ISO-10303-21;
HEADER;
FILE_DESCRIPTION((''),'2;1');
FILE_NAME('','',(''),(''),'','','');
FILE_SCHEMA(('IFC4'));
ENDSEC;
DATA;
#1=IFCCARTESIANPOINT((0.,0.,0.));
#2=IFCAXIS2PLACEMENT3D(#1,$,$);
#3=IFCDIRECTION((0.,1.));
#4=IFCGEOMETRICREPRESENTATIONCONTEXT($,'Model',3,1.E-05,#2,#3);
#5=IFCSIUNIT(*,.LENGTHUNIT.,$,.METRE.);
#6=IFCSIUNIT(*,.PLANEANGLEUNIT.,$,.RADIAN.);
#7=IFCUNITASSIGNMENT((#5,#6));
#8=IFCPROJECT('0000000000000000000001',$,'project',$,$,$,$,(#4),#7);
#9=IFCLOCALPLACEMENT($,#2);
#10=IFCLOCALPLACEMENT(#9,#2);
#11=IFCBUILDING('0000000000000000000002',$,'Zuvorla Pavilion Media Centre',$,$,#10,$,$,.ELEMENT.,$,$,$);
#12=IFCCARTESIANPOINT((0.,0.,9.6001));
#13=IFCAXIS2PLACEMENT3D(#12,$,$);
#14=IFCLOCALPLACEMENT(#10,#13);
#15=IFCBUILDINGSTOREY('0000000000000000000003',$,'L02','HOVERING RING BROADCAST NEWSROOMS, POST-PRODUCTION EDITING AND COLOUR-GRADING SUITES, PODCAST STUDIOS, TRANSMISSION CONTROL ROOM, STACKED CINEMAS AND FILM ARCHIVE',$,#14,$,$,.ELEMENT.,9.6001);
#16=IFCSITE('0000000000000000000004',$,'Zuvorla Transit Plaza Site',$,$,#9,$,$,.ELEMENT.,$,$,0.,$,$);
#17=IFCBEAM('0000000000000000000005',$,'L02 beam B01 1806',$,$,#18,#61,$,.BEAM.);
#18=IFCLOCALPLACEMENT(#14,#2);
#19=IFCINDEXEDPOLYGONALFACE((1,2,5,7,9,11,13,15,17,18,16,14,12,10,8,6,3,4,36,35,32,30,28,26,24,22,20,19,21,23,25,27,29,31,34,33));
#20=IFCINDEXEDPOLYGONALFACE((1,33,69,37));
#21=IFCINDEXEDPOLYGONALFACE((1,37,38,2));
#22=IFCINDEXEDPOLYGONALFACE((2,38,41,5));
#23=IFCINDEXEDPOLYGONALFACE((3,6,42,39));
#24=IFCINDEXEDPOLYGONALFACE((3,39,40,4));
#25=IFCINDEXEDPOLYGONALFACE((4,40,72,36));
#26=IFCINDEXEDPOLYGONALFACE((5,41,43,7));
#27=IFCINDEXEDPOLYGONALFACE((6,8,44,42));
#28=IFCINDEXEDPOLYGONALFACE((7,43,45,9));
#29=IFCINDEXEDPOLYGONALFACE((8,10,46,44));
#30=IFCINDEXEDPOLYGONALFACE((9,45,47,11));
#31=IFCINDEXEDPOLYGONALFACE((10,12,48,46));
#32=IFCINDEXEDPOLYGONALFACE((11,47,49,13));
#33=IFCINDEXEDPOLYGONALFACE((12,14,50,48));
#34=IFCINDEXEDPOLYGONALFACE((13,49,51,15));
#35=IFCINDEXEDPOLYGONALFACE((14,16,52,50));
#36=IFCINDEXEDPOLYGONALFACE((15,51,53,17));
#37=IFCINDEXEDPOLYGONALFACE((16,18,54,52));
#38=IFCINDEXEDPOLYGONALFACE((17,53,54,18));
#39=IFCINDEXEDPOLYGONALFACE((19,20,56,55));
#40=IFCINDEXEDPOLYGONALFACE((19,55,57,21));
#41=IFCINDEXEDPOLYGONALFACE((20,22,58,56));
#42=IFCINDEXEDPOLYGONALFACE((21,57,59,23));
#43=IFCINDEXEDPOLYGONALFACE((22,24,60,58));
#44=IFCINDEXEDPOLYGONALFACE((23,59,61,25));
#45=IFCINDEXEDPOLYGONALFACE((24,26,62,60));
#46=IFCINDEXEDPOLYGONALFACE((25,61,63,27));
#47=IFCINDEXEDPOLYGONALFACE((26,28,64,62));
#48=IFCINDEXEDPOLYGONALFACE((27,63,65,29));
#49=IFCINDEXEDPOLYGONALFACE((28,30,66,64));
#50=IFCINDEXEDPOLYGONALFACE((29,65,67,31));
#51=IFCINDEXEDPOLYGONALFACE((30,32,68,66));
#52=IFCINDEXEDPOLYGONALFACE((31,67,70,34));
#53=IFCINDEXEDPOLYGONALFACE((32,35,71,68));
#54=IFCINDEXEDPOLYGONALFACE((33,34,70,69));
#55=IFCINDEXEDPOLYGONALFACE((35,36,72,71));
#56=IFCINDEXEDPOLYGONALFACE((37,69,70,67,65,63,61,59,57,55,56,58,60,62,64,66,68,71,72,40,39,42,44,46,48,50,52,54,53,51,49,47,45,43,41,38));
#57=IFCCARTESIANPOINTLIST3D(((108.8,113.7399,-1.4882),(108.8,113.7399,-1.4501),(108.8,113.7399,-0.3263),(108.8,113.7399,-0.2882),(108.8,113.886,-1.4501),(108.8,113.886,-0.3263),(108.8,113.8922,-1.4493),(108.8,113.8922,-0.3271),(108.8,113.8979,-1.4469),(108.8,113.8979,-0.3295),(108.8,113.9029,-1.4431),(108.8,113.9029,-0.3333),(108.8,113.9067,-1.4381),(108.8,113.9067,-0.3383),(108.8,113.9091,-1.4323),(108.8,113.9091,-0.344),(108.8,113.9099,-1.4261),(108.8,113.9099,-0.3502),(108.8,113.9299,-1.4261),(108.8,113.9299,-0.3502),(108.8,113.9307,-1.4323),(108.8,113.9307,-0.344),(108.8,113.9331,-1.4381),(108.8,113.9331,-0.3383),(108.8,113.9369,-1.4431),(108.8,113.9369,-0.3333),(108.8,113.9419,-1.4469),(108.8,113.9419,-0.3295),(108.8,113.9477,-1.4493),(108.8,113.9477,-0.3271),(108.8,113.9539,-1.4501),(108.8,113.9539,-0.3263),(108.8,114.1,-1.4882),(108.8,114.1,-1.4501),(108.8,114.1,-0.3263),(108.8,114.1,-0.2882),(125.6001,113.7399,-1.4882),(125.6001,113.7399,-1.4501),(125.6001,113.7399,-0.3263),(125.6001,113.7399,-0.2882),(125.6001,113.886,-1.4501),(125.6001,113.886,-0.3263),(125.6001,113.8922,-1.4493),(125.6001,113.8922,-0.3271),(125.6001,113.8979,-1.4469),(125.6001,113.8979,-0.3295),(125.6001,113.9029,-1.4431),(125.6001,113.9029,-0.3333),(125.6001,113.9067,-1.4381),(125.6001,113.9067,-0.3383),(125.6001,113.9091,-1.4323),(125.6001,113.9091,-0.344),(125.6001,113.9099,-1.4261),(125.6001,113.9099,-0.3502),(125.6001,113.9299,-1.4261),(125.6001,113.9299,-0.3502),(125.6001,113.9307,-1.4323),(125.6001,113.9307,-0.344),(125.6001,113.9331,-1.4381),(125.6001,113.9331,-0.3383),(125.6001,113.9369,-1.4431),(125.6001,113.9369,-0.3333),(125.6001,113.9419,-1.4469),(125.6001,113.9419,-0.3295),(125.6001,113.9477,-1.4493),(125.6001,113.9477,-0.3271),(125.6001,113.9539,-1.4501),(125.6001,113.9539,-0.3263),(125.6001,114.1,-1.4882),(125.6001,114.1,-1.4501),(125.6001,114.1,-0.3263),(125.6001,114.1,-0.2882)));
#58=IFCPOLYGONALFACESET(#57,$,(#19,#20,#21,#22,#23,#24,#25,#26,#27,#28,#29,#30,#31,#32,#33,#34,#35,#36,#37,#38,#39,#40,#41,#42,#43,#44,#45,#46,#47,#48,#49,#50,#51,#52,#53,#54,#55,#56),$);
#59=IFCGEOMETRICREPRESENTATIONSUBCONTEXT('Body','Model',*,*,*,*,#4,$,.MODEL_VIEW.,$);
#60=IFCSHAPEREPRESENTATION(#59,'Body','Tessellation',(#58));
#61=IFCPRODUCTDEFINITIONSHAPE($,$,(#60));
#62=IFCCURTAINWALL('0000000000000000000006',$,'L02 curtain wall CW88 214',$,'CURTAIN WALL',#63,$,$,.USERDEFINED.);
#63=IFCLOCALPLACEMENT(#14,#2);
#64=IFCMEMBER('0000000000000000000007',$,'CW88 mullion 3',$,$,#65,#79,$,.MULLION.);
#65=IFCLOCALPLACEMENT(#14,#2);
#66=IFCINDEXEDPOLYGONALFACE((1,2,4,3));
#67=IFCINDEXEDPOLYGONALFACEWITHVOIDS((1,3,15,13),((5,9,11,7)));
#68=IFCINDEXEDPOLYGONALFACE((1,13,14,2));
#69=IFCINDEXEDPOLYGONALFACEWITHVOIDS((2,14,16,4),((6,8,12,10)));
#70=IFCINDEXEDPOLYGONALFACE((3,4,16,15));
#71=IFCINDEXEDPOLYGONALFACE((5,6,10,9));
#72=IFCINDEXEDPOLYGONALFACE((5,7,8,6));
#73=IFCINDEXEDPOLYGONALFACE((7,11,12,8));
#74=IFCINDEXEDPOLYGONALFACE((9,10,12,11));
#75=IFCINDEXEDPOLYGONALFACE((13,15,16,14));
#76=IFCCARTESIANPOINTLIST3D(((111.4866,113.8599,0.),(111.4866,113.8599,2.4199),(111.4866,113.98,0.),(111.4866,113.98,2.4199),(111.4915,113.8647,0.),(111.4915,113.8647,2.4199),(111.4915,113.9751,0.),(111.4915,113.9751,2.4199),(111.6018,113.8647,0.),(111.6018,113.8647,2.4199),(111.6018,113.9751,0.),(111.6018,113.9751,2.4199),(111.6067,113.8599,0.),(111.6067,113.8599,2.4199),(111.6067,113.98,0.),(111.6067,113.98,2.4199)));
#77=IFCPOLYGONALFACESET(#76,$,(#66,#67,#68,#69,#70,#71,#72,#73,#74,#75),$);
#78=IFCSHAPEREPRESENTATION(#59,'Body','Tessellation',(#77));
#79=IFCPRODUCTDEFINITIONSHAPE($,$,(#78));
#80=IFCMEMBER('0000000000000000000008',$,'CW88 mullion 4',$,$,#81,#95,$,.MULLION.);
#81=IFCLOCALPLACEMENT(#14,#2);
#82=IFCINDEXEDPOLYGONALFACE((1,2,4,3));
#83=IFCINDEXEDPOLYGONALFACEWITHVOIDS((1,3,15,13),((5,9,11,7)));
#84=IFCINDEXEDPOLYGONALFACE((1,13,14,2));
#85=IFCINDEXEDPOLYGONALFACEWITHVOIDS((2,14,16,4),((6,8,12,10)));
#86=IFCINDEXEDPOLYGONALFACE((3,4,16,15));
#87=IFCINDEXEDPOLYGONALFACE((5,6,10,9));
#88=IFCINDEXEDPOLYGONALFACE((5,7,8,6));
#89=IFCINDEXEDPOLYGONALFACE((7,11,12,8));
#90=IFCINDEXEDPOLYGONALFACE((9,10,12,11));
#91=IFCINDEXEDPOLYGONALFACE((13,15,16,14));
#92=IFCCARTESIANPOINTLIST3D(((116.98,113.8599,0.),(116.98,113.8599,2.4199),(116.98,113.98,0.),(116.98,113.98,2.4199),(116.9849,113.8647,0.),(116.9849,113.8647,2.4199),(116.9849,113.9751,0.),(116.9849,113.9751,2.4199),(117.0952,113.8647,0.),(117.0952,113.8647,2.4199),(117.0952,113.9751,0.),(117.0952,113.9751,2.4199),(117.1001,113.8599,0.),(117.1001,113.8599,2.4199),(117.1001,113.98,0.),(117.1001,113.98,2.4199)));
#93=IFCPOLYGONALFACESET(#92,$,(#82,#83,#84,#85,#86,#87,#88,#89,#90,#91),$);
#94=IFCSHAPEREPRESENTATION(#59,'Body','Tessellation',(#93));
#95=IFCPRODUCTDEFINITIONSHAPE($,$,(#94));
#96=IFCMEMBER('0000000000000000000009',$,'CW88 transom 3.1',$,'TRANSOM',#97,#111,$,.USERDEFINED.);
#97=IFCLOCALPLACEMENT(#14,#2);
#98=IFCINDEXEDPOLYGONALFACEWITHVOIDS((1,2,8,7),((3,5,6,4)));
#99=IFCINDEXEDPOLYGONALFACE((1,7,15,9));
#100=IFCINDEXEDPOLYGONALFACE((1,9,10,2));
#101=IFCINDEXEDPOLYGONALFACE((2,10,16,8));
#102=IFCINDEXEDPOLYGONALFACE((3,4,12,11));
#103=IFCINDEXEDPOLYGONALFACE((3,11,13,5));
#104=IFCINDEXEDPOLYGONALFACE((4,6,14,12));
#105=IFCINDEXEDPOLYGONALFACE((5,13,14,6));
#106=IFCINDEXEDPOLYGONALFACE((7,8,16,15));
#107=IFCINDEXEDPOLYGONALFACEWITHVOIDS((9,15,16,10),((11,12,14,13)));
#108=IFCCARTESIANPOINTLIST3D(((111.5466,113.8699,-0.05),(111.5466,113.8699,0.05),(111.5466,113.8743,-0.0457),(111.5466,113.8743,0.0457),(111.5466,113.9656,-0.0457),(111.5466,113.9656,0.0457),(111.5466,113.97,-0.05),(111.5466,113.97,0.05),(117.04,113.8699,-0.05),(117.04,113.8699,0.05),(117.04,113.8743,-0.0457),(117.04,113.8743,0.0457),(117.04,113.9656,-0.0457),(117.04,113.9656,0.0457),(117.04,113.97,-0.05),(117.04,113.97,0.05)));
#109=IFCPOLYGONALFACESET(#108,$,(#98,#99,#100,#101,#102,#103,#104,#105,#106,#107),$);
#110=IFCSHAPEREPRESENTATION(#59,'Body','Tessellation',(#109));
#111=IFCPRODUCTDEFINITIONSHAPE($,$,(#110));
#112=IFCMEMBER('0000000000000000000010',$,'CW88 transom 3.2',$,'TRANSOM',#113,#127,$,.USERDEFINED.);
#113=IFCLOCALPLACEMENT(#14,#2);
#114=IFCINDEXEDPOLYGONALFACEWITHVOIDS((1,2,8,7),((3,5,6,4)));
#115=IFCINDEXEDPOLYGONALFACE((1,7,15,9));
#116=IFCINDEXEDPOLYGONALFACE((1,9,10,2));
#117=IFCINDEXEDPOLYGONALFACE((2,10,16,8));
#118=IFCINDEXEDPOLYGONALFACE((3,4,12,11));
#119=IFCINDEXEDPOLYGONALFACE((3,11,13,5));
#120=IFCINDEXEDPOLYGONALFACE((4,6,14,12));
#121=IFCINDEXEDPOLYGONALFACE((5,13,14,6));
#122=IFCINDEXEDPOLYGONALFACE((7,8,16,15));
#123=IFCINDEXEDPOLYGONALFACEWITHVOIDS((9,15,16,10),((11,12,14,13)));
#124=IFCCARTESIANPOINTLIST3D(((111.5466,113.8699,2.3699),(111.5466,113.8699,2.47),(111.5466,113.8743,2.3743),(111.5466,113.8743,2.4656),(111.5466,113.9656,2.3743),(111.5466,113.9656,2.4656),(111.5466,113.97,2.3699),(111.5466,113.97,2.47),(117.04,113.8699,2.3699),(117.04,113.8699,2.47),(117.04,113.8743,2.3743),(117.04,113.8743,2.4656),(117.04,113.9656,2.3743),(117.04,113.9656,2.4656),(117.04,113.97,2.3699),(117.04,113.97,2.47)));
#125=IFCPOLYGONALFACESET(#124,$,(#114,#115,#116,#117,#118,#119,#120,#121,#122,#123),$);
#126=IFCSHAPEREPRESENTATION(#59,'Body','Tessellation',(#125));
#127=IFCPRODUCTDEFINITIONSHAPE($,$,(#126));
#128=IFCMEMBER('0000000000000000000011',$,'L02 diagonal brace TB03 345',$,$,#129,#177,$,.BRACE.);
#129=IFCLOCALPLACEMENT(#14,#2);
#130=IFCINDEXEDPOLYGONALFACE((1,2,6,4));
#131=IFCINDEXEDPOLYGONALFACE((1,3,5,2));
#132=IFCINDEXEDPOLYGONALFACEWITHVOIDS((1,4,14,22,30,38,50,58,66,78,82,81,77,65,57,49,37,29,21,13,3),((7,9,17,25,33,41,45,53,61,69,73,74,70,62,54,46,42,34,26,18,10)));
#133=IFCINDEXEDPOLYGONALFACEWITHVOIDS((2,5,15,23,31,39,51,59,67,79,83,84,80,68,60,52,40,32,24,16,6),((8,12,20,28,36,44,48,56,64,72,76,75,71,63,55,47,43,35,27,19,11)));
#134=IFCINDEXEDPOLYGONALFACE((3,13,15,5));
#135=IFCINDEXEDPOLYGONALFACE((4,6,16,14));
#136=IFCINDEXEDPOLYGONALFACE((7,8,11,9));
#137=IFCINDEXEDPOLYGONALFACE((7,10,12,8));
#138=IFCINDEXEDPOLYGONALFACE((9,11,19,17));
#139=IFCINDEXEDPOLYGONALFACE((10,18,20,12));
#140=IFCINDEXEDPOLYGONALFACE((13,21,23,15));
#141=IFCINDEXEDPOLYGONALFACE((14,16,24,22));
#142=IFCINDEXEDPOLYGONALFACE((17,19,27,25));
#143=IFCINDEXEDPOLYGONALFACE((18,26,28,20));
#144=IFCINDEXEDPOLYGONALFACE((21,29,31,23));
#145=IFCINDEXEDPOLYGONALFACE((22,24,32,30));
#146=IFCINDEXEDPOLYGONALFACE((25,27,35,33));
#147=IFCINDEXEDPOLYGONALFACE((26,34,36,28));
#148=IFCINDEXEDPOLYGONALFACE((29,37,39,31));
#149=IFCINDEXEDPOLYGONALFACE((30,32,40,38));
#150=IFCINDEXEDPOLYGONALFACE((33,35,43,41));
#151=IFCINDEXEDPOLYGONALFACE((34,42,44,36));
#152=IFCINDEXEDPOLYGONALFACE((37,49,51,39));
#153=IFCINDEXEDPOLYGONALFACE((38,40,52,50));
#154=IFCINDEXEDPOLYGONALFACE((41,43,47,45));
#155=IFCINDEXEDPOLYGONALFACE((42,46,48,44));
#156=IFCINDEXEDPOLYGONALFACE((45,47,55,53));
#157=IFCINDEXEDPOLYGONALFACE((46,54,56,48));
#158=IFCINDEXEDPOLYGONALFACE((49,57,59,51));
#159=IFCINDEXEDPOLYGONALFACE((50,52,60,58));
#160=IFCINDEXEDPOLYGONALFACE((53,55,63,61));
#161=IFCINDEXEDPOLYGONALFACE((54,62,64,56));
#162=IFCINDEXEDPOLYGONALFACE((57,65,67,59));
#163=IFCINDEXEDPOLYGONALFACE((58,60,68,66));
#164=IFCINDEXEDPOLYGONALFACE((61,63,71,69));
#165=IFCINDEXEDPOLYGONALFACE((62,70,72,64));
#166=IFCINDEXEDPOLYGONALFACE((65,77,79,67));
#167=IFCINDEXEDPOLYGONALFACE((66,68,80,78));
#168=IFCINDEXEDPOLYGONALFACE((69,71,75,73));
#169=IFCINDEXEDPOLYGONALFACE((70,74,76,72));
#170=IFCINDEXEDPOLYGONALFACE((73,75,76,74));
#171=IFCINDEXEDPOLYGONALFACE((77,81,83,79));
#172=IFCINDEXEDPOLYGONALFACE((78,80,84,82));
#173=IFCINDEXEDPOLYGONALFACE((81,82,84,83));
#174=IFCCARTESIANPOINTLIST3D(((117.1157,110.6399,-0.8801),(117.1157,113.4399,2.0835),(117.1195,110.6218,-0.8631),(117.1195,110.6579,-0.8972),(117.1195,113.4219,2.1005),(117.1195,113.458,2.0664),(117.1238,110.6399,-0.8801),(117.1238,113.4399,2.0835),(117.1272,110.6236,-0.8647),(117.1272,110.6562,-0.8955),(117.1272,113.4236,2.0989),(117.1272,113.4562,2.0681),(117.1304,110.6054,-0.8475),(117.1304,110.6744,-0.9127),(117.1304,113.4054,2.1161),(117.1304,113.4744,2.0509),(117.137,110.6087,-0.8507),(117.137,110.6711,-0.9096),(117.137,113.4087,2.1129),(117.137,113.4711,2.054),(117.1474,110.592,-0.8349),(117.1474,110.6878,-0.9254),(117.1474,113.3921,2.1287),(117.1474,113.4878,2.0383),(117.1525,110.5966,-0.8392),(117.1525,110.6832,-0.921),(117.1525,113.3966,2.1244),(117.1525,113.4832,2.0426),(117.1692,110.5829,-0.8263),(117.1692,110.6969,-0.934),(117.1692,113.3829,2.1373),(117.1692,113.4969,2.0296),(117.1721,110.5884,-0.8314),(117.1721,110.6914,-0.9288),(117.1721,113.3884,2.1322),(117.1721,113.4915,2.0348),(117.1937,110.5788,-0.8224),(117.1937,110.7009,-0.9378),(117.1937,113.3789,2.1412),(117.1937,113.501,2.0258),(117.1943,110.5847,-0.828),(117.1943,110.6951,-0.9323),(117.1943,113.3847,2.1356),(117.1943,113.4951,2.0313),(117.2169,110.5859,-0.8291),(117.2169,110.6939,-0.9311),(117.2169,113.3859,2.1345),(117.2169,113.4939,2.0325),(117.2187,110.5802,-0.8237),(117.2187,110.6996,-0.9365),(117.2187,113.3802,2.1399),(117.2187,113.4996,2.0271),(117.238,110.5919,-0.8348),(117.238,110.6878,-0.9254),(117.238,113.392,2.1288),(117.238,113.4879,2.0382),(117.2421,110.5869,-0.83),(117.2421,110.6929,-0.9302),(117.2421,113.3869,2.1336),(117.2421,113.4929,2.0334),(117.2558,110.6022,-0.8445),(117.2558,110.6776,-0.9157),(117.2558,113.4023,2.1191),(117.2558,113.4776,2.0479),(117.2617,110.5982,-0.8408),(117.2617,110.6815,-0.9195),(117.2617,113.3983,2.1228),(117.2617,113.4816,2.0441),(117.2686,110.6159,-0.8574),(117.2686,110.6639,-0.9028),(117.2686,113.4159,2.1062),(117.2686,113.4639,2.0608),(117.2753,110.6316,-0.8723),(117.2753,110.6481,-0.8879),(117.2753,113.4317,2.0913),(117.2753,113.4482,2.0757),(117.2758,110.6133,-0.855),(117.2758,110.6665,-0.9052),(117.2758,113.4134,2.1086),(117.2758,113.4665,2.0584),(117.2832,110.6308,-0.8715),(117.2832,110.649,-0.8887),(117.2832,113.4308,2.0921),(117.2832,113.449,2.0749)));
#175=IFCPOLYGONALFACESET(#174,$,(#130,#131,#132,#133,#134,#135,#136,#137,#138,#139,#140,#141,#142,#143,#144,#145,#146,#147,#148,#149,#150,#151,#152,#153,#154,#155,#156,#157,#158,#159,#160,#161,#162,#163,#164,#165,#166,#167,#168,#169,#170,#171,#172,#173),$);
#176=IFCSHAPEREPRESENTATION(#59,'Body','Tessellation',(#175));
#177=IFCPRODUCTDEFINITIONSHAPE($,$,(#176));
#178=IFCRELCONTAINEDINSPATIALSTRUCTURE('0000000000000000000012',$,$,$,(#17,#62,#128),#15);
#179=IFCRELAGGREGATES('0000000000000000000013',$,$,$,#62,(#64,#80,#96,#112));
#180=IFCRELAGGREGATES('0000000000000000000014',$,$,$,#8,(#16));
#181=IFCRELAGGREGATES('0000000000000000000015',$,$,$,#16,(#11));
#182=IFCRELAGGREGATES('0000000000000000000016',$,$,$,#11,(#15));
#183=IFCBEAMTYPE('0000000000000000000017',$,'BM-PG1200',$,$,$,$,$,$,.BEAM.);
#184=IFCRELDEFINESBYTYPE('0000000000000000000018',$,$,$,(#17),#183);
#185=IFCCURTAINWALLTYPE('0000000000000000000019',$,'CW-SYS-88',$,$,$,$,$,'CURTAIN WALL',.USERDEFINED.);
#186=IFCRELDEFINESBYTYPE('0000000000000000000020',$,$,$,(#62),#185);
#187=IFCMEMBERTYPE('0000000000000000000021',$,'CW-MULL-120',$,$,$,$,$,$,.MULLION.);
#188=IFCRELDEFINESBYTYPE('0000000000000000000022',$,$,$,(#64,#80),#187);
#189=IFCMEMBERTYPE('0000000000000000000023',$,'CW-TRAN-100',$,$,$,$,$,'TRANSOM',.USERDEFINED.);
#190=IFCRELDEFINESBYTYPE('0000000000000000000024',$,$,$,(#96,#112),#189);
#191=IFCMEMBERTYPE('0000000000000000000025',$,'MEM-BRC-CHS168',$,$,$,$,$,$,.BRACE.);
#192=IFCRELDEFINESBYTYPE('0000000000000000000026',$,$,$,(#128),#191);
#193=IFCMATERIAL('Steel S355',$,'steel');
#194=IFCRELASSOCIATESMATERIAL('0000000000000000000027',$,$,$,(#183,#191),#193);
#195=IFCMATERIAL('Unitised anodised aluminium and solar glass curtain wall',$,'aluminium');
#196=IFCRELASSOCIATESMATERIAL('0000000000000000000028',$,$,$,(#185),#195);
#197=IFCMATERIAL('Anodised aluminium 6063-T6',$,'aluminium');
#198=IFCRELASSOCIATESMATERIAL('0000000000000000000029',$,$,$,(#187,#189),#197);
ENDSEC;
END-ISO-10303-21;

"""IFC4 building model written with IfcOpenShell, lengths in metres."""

from ifc_helpers import new_model, si_unit, direction, frame, origin, origin_2d, place, context, subcontext, project, spatial, hollow_rectangle, hollow_circle, i_section, extrude, material, material_profile, profile_set, type_object, element, aggregate, save


model = new_model("IFC4")

# Units and contexts
model_context = context("Model", 3, precision=1e-05, world=origin(), true_north=direction((0.0, 1.0)))
body_context = subcontext(model_context, "Body", "Model", "MODEL_VIEW")
ifc_project = project(units=[si_unit("LENGTHUNIT", "METRE"), si_unit("PLANEANGLEUNIT", "RADIAN")], contexts=[model_context])

# Site, building, storey
site_placement = place(None, origin())
site = spatial("IfcSite", under=ifc_project, at=site_placement, Name="Zuvorla Transit Plaza Site", CompositionType="ELEMENT", RefElevation=0.0)
building_placement = place(site_placement, origin())
building = spatial("IfcBuilding", under=site, at=building_placement, Name="Zuvorla Pavilion Media Centre", CompositionType="ELEMENT")
storey_placement = place(building_placement, frame((0.0, 0.0, 9.6001)))
storey = spatial("IfcBuildingStorey", under=building, at=storey_placement, Name="L02", Description="HOVERING RING BROADCAST NEWSROOMS, POST-PRODUCTION EDITING AND COLOUR-GRADING SUITES, PODCAST STUDIOS, TRANSMISSION CONTROL ROOM, STACKED CINEMAS AND FILM ARCHIVE", CompositionType="ELEMENT", Elevation=9.6001)

# Beam
ifc_material_1 = material(Name="Steel S355", Category="steel")
ifc_material_profile_1 = material_profile(ifc_material_1, i_section(OverallWidth=0.3601, OverallDepth=1.2, WebThickness=0.02, FlangeThickness=0.0381, FilletRadius=0.0239, at=origin_2d()), Name="PG 1200x360x38")
ifc_profile_set_1 = profile_set([ifc_material_profile_1], Name="Steel S355")
beam_type = type_object("IfcBeamType", Name="BM-PG1200", PredefinedType="BEAM", material=ifc_profile_set_1)
beam_placement = place(storey_placement, frame((108.8, 113.9199, -0.8882), z_axis=(1.0, 0.0, 0.0), x_axis=(0.0, 1.0, 0.0)))
element("IfcBeam", 1, at=beam_placement, inside=storey, type_object=beam_type, Name="L02 beam B01 1806", PredefinedType="BEAM", context=body_context, shape_type="SweptSolid", body=[
    extrude(i_section(OverallWidth=0.3601, OverallDepth=1.2, WebThickness=0.02, FlangeThickness=0.0381, FilletRadius=0.0239, at=origin_2d()), origin(), (0.0, 0.0, 1.0), 16.8),
])

# Curtain wall, members
ifc_material_2 = material(Name="Unitised anodised aluminium and solar glass curtain wall", Category="aluminium")
curtain_wall_type = type_object("IfcCurtainWallType", Name="CW-SYS-88", ElementType="CURTAIN WALL", PredefinedType="USERDEFINED", material=ifc_material_2)
curtain_wall_placement = place(storey_placement, origin())
curtain_wall = element("IfcCurtainWall", 2, at=curtain_wall_placement, inside=storey, type_object=curtain_wall_type, Name="L02 curtain wall CW88 214", ObjectType="CURTAIN WALL", PredefinedType="USERDEFINED")
ifc_material_3 = material(Name="Anodised aluminium 6063-T6", Category="aluminium")
ifc_material_profile_2 = material_profile(ifc_material_3, hollow_rectangle(XDim=0.1201, YDim=0.1201, WallThickness=0.0049, at=origin_2d()), Name="ALU MULL 120x120")
ifc_profile_set_2 = profile_set([ifc_material_profile_2], Name="Anodised aluminium 6063-T6")
member_type_1 = type_object("IfcMemberType", Name="CW-MULL-120", PredefinedType="MULLION", material=ifc_profile_set_2)
member_1_placement = place(storey_placement, frame((111.5466, 113.9199, 0.0), z_axis=(0.0, 0.0, 1.0), x_axis=(1.0, 0.0, 0.0)))
member_1 = element("IfcMember", 3, at=member_1_placement, type_object=member_type_1, Name="CW88 mullion 3", PredefinedType="MULLION", context=body_context, shape_type="SweptSolid", body=[
    extrude(hollow_rectangle(XDim=0.1201, YDim=0.1201, WallThickness=0.0049, at=origin_2d()), origin(), (0.0, 0.0, 1.0), 2.4199),
])
member_2_placement = place(storey_placement, frame((117.04, 113.9199, 0.0), z_axis=(0.0, 0.0, 1.0), x_axis=(1.0, 0.0, 0.0)))
member_2 = element("IfcMember", 4, at=member_2_placement, type_object=member_type_1, Name="CW88 mullion 4", PredefinedType="MULLION", context=body_context, shape_type="SweptSolid", body=[
    extrude(hollow_rectangle(XDim=0.1201, YDim=0.1201, WallThickness=0.0049, at=origin_2d()), origin(), (0.0, 0.0, 1.0), 2.4199),
])
ifc_material_profile_3 = material_profile(ifc_material_3, hollow_rectangle(XDim=0.1001, YDim=0.1001, WallThickness=0.0044, at=origin_2d()), Name="ALU TRAN 100x100")
ifc_profile_set_3 = profile_set([ifc_material_profile_3], Name="Anodised aluminium 6063-T6")
member_type_2 = type_object("IfcMemberType", Name="CW-TRAN-100", ElementType="TRANSOM", PredefinedType="USERDEFINED", material=ifc_profile_set_3)
member_3_placement = place(storey_placement, frame((111.5466, 113.9199, 0.0), z_axis=(1.0, 0.0, 0.0), x_axis=(0.0, 1.0, 0.0)))
member_3 = element("IfcMember", 5, at=member_3_placement, type_object=member_type_2, Name="CW88 transom 3.1", ObjectType="TRANSOM", PredefinedType="USERDEFINED", context=body_context, shape_type="SweptSolid", body=[
    extrude(hollow_rectangle(XDim=0.1001, YDim=0.1001, WallThickness=0.0044, at=origin_2d()), origin(), (0.0, 0.0, 1.0), 5.4934),
])
member_4_placement = place(storey_placement, frame((111.5466, 113.9199, 2.4199), z_axis=(1.0, 0.0, 0.0), x_axis=(0.0, 1.0, 0.0)))
member_4 = element("IfcMember", 6, at=member_4_placement, type_object=member_type_2, Name="CW88 transom 3.2", ObjectType="TRANSOM", PredefinedType="USERDEFINED", context=body_context, shape_type="SweptSolid", body=[
    extrude(hollow_rectangle(XDim=0.1001, YDim=0.1001, WallThickness=0.0044, at=origin_2d()), origin(), (0.0, 0.0, 1.0), 5.4934),
])

# Member
ifc_material_profile_4 = material_profile(ifc_material_1, hollow_circle(Radius=0.0842, WallThickness=0.0081, at=origin_2d()), Name="CHS 168.3x8")
ifc_profile_set_4 = profile_set([ifc_material_profile_4], Name="Steel S355")
member_type_3 = type_object("IfcMemberType", Name="MEM-BRC-CHS168", PredefinedType="BRACE", material=ifc_profile_set_4)
for number, where, z_axis, x_axis, name in (
    (7, (117.2, 110.6399, -0.8801), (0.0, 0.686762, 0.726882), (-1.0, 0.0, 0.0), "L02 diagonal brace TB03 345"),
):
    element("IfcMember", number, at=place(storey_placement, frame(where, z_axis=z_axis, x_axis=x_axis)), inside=storey, type_object=member_type_3, Name=name, PredefinedType="BRACE", context=body_context, shape_type="SweptSolid", body=[
        extrude(hollow_circle(Radius=0.0842, WallThickness=0.0081, at=origin_2d()), origin(), (0.0, 0.0, 1.0), 4.0771),
    ])

aggregate(curtain_wall, [member_1, member_2, member_3, member_4])

save(model, "model.ifc")
